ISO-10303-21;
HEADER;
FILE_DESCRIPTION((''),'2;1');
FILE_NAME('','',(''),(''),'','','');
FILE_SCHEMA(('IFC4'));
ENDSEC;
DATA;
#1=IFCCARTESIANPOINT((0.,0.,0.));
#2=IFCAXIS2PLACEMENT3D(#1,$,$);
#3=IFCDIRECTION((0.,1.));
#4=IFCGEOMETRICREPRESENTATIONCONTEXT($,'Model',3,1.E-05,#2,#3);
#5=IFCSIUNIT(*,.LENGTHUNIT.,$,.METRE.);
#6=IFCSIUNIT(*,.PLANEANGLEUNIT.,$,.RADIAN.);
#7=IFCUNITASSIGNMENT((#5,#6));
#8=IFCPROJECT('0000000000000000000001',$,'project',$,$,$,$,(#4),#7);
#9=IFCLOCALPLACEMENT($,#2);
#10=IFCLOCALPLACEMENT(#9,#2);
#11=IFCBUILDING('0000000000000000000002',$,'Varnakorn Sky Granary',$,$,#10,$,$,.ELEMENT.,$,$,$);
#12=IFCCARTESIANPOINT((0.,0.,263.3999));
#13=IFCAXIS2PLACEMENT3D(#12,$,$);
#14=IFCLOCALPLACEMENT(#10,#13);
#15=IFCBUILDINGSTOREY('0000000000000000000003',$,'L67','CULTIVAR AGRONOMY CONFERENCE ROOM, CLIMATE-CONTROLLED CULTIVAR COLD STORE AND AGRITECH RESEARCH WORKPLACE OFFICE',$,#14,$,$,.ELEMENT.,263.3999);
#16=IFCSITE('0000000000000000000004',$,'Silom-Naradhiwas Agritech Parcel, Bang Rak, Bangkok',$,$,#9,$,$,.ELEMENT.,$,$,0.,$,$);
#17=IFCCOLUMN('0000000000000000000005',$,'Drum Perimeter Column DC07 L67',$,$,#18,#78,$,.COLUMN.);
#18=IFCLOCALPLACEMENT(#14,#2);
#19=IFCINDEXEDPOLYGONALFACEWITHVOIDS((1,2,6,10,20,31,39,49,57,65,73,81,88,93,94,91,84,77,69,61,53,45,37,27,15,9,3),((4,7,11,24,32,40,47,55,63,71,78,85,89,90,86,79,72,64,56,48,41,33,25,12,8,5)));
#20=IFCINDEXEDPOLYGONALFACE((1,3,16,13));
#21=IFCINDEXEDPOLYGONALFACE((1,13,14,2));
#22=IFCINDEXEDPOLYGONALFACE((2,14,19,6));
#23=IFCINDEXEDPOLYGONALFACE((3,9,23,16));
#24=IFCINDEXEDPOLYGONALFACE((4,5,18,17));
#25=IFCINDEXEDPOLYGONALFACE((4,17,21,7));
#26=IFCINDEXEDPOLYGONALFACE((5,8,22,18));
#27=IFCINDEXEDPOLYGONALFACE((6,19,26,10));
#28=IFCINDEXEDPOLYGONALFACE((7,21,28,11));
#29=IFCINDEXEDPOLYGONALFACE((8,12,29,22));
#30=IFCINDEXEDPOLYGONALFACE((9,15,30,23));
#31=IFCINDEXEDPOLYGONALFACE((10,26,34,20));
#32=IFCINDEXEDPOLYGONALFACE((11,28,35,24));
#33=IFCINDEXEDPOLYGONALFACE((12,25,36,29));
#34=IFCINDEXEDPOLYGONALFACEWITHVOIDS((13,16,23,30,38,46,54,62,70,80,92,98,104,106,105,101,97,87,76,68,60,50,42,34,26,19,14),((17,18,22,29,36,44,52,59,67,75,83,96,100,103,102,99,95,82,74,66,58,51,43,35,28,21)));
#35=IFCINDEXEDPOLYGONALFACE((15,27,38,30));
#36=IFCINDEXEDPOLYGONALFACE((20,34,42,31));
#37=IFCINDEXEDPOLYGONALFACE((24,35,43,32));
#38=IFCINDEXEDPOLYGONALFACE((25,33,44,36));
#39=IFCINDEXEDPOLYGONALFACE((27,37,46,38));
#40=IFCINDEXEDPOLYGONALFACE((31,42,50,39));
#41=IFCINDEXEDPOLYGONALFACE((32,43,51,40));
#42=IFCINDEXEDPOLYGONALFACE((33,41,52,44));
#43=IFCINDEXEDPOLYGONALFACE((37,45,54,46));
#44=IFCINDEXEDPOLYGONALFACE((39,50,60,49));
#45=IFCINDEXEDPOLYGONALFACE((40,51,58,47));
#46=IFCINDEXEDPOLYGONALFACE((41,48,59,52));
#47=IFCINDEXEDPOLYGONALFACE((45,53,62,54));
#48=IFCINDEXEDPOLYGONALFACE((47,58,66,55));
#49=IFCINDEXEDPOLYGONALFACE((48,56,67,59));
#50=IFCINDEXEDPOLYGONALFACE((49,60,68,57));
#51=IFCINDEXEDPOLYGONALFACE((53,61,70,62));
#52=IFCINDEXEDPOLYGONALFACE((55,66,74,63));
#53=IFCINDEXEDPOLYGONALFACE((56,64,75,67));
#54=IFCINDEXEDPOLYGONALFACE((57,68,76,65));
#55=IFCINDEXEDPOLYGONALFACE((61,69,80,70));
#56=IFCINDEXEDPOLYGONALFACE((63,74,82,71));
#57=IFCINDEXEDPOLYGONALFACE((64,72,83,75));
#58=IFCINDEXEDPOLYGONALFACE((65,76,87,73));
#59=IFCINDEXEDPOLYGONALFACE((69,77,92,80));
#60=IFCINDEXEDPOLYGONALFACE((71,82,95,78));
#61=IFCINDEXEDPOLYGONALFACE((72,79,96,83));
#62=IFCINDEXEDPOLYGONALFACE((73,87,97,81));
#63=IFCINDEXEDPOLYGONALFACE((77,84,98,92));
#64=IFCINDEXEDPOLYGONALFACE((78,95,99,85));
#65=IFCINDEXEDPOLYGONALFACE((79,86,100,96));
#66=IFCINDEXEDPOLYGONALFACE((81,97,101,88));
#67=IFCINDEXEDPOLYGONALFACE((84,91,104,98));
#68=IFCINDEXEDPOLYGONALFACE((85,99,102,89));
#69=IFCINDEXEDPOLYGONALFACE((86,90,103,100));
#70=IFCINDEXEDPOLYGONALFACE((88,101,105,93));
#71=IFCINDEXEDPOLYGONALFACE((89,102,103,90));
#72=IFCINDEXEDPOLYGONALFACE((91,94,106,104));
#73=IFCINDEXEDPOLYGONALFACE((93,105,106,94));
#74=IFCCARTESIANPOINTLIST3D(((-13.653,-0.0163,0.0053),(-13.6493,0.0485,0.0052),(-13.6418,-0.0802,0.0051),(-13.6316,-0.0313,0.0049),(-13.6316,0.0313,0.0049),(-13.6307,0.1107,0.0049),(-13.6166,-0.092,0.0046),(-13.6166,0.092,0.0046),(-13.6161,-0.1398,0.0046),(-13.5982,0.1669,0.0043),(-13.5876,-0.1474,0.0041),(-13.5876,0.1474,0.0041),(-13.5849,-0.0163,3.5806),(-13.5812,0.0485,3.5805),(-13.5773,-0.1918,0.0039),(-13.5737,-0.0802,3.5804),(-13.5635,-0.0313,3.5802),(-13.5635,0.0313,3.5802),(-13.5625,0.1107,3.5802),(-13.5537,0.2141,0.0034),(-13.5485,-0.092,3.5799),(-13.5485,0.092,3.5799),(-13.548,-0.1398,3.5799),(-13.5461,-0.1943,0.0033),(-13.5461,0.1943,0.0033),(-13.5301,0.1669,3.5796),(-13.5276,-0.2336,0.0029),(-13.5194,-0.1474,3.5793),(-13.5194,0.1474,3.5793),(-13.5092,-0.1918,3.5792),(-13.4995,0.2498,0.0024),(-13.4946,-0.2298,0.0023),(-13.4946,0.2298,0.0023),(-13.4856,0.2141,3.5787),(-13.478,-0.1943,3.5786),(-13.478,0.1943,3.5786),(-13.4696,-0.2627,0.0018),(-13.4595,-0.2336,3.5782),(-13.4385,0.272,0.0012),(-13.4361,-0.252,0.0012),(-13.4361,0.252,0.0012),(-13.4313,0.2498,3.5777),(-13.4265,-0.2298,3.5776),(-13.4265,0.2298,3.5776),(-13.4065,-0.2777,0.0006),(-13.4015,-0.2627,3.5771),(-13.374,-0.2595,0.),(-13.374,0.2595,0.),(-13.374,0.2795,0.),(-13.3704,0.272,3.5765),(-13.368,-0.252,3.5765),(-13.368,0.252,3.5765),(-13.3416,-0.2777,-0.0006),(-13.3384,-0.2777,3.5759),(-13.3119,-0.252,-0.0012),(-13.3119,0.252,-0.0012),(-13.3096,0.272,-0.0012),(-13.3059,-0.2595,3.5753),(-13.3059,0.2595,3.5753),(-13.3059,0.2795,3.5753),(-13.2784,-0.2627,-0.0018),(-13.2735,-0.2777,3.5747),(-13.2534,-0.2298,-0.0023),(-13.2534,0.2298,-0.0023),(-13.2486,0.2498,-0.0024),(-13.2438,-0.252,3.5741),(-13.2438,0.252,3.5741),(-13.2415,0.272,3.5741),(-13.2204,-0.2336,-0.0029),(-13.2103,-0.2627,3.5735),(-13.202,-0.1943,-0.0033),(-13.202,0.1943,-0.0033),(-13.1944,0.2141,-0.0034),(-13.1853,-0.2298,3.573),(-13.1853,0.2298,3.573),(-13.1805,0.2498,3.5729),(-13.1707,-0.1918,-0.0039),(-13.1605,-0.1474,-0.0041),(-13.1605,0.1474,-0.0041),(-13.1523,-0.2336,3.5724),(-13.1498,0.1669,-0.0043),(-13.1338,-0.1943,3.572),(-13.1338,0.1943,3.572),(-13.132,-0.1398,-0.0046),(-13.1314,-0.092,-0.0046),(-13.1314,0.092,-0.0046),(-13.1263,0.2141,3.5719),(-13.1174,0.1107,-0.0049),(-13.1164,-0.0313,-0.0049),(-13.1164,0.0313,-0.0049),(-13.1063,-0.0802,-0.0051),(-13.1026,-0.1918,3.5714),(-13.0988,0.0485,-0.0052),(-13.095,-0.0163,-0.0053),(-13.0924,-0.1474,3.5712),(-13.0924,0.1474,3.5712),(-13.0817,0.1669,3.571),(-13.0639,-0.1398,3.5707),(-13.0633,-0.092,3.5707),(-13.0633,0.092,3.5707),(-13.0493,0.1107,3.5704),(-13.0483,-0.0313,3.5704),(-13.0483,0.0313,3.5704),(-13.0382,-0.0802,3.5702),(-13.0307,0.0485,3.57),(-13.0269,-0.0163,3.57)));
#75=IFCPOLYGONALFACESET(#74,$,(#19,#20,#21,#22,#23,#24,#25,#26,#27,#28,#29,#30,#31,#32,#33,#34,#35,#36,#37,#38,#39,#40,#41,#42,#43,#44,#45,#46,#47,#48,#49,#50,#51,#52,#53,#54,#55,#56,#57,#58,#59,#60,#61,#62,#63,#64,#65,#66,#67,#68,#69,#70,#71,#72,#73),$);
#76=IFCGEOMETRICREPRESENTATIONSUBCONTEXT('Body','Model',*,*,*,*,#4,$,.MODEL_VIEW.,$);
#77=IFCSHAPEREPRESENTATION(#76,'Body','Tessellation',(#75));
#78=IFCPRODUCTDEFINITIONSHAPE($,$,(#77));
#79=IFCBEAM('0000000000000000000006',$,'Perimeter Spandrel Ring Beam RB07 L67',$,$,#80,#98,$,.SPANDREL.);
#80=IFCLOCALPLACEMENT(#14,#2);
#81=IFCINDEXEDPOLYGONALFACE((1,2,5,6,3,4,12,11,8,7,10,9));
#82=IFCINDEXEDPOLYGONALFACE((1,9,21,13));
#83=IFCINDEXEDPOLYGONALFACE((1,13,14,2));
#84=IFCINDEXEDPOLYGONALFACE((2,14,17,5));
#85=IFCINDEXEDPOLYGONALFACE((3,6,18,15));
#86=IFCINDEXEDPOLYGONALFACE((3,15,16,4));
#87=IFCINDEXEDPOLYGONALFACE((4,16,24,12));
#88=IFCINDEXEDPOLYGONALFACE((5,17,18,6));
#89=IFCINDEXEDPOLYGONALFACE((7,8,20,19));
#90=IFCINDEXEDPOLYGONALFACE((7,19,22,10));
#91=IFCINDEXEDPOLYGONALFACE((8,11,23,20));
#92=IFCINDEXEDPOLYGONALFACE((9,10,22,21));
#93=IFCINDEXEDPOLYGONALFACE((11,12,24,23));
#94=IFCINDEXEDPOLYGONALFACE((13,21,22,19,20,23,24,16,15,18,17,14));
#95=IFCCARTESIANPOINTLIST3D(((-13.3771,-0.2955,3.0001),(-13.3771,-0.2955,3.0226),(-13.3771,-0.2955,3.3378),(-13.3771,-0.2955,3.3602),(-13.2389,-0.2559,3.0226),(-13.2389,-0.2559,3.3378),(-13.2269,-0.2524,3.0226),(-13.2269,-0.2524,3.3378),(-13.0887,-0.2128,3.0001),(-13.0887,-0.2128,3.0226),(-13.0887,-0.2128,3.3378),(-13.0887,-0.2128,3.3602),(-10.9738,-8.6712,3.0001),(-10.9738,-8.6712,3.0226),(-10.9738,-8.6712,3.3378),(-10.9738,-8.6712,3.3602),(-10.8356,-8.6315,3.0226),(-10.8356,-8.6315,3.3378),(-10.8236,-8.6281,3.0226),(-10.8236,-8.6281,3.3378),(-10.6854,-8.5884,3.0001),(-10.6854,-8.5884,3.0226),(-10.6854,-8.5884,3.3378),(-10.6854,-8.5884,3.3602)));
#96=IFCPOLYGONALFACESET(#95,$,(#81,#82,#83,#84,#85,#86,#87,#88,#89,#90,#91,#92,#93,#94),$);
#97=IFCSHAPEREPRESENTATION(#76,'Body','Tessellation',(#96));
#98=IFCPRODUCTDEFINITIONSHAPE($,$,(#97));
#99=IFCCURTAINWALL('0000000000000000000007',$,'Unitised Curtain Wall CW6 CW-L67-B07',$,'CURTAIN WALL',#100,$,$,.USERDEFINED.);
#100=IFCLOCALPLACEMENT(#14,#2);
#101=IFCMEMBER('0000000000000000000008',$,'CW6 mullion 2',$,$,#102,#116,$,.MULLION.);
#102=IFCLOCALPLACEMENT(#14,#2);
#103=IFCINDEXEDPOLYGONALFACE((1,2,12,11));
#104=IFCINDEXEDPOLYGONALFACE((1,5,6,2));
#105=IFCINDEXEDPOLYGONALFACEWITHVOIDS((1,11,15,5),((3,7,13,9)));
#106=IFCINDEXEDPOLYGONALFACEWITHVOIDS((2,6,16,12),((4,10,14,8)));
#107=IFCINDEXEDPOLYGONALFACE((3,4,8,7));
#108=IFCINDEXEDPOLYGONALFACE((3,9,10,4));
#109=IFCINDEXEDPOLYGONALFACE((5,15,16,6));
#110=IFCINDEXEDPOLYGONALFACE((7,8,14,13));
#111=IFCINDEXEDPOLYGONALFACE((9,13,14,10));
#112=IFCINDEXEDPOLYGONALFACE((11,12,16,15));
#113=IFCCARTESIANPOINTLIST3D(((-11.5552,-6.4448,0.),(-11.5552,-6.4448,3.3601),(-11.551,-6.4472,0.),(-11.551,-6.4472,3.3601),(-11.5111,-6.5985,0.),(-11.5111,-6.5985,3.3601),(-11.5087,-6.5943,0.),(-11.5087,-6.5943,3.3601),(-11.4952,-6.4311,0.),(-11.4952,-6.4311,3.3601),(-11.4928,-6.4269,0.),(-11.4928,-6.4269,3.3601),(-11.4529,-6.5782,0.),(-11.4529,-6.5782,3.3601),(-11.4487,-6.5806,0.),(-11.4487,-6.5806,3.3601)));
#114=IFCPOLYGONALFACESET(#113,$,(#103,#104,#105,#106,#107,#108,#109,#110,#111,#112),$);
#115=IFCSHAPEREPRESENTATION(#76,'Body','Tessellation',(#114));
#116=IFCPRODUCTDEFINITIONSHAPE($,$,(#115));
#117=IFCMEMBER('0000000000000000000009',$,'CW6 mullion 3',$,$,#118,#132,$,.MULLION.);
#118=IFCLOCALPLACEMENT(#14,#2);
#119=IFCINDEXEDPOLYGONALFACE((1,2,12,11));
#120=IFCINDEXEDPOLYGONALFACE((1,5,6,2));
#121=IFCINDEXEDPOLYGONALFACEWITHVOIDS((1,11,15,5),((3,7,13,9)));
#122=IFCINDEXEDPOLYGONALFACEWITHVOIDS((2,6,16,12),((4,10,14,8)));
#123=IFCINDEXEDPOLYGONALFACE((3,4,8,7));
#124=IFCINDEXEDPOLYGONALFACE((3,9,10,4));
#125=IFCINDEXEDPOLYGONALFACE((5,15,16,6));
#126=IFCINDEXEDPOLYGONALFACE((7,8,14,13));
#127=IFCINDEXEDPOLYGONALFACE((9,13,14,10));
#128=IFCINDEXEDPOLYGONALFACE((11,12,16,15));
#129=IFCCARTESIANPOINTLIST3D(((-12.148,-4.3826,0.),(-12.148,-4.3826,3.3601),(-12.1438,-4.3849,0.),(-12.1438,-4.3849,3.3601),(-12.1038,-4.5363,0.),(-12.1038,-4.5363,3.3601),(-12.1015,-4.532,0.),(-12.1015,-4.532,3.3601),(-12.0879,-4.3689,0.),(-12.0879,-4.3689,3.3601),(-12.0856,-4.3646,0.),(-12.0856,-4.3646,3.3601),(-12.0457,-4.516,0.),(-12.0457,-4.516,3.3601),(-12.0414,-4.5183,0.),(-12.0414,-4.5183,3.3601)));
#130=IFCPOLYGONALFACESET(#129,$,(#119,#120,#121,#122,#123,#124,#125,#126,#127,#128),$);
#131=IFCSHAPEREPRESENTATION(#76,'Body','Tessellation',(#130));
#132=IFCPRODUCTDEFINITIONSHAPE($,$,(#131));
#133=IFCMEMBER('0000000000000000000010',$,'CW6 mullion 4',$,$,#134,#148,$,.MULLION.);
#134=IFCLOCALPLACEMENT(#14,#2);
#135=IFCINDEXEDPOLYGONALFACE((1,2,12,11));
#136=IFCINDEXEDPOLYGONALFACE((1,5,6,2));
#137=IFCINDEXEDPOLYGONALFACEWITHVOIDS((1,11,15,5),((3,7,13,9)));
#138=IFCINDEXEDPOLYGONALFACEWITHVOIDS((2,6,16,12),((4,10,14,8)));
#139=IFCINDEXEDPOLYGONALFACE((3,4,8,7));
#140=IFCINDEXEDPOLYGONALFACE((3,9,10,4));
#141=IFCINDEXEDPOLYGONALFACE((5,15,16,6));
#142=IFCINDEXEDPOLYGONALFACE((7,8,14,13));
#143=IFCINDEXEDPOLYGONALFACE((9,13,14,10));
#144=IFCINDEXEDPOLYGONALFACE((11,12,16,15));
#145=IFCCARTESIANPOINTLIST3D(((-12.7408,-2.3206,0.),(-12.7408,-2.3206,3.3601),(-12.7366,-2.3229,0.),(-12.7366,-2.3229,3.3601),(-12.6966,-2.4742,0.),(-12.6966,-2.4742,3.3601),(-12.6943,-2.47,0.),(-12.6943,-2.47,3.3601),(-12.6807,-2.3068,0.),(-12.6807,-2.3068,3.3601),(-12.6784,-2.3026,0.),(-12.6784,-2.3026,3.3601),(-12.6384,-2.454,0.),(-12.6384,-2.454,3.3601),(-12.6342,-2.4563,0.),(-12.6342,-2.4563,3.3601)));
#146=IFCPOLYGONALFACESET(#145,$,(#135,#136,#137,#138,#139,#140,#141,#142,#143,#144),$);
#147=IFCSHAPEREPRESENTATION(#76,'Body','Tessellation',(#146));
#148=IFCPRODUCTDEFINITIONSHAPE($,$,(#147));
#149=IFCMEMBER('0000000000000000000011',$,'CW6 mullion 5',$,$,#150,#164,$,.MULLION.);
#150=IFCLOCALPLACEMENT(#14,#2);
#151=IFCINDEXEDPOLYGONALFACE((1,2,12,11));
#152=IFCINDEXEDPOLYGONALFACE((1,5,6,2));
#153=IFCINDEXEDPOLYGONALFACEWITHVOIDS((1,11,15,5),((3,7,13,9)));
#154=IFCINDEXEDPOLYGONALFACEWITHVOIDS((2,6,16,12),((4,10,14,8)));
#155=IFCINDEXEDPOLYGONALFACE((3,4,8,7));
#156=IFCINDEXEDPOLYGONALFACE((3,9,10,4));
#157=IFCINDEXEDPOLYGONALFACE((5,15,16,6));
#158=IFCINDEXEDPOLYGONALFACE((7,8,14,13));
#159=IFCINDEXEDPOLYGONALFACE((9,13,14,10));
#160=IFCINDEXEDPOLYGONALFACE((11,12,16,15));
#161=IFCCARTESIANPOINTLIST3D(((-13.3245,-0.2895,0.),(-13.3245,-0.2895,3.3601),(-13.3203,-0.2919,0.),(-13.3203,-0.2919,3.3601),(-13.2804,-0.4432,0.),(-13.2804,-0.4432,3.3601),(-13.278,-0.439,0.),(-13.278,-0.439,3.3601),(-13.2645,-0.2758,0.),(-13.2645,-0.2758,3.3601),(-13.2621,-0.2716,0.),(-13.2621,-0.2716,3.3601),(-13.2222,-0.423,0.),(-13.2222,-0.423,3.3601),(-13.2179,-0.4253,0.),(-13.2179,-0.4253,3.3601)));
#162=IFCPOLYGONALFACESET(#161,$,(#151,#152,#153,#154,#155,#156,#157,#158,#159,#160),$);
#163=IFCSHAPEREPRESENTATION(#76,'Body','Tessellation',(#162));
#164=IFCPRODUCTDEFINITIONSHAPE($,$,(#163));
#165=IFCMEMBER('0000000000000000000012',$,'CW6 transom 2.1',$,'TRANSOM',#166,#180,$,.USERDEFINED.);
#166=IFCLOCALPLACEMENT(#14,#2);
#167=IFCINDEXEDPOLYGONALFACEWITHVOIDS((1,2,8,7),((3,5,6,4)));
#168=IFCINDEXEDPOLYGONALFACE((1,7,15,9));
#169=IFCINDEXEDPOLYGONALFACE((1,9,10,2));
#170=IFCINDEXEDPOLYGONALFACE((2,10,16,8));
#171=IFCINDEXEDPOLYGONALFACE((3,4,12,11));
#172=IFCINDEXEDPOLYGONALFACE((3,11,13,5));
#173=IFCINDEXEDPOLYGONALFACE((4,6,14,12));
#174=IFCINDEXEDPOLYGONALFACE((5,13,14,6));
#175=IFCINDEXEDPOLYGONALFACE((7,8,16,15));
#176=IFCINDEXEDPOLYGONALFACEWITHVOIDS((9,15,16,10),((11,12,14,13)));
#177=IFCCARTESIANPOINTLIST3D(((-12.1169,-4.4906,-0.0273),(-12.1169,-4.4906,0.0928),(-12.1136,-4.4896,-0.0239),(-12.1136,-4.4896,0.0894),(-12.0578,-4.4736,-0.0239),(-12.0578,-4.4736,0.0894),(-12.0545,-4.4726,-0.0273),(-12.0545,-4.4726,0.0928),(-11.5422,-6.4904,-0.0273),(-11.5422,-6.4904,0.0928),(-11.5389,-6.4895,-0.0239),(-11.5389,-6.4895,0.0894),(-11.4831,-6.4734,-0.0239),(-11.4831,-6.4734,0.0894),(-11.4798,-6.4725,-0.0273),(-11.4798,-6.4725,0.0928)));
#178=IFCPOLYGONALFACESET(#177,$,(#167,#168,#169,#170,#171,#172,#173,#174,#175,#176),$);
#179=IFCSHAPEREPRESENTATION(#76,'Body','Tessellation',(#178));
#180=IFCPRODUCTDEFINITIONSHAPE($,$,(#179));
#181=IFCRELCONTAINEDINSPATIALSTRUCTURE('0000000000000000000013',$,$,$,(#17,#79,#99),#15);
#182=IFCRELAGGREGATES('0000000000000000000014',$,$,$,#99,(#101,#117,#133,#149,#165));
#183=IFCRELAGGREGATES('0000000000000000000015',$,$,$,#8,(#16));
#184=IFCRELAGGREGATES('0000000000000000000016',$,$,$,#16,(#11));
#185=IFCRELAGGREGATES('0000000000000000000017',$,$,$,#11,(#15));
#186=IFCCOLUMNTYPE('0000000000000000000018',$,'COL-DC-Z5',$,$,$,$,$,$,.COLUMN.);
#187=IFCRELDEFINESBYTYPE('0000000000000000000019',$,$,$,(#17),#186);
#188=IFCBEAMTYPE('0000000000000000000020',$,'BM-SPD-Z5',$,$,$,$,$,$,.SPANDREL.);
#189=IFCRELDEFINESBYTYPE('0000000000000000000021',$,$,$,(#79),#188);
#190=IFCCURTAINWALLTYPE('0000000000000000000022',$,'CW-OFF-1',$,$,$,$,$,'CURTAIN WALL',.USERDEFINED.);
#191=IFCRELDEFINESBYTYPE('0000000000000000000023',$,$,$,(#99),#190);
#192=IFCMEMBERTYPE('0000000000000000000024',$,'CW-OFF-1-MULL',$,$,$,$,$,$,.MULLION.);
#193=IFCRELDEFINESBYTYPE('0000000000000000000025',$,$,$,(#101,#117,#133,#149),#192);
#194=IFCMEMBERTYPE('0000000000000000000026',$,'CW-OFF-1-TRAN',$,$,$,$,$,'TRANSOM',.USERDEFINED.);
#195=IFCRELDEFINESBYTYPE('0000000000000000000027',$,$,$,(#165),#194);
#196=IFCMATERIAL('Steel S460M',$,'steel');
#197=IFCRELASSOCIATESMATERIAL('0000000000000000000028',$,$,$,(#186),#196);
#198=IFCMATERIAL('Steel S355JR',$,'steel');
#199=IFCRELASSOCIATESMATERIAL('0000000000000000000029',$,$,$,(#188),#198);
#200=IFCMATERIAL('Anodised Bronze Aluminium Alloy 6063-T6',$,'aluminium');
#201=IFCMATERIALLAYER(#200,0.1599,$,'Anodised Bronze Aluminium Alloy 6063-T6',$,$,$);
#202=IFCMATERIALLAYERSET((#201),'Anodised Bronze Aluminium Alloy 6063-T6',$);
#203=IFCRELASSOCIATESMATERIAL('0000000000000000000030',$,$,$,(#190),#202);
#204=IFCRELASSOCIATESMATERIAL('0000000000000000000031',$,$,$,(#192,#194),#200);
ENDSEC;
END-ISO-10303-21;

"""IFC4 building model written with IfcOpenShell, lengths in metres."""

from ifc_helpers import new_model, si_unit, direction, frame, origin, origin_2d, place, context, subcontext, project, spatial, hollow_rectangle, hollow_circle, i_section, extrude, material, layer, layer_set, material_profile, profile_set, type_object, element, aggregate, save


model = new_model("IFC4")

# Units and contexts
model_context = context("Model", 3, precision=1e-05, world=origin(), true_north=direction((0.0, 1.0)))
body_context = subcontext(model_context, "Body", "Model", "MODEL_VIEW")
ifc_project = project(units=[si_unit("LENGTHUNIT", "METRE"), si_unit("PLANEANGLEUNIT", "RADIAN")], contexts=[model_context])

# Site, building, storey
site_placement = place(None, origin())
site = spatial("IfcSite", under=ifc_project, at=site_placement, Name="Silom-Naradhiwas Agritech Parcel, Bang Rak, Bangkok", CompositionType="ELEMENT", RefElevation=0.0)
building_placement = place(site_placement, origin())
building = spatial("IfcBuilding", under=site, at=building_placement, Name="Varnakorn Sky Granary", CompositionType="ELEMENT")
storey_placement = place(building_placement, frame((0.0, 0.0, 263.3999)))
storey = spatial("IfcBuildingStorey", under=building, at=storey_placement, Name="L67", Description="CULTIVAR AGRONOMY CONFERENCE ROOM, CLIMATE-CONTROLLED CULTIVAR COLD STORE AND AGRITECH RESEARCH WORKPLACE OFFICE", CompositionType="ELEMENT", Elevation=263.3999)

# Column
ifc_material_1 = material(Name="Steel S460M", Category="steel")
ifc_material_profile_1 = material_profile(ifc_material_1, hollow_circle(Radius=0.2795, WallThickness=0.02, at=origin_2d()), Name="CHS 559x20")
ifc_profile_set_1 = profile_set([ifc_material_profile_1], Name="Steel S460M")
column_type = type_object("IfcColumnType", Name="COL-DC-Z5", PredefinedType="COLUMN", material=ifc_profile_set_1)
column_placement = place(storey_placement, frame((-13.374, 0.0, 0.0), z_axis=(0.019049, 0.0, 0.999819), x_axis=(0.0, 1.0, 0.0)))
element("IfcColumn", 1, at=column_placement, inside=storey, type_object=column_type, Name="Drum Perimeter Column DC07 L67", PredefinedType="COLUMN", context=body_context, shape_type="SweptSolid", body=[
    extrude(hollow_circle(Radius=0.2795, WallThickness=0.02, at=origin_2d()), origin(), (0.0, 0.0, 1.0), 3.5759),
])

# Beam
ifc_material_2 = material(Name="Steel S355JR", Category="steel")
ifc_material_profile_2 = material_profile(ifc_material_2, i_section(OverallWidth=0.3, OverallDepth=0.3601, WebThickness=0.0125, FlangeThickness=0.0225, at=origin_2d()), Name="HE 360 B")
ifc_profile_set_2 = profile_set([ifc_material_profile_2], Name="Steel S355JR")
beam_type = type_object("IfcBeamType", Name="BM-SPD-Z5", PredefinedType="SPANDREL", material=ifc_profile_set_2)
beam_placement = place(storey_placement, frame((-13.2329, -0.2542, 3.1802), z_axis=(0.275809, -0.961212, 0.0), x_axis=(0.961212, 0.275809, 0.0)))
element("IfcBeam", 2, at=beam_placement, inside=storey, type_object=beam_type, Name="Perimeter Spandrel Ring Beam RB07 L67", PredefinedType="SPANDREL", context=body_context, shape_type="SweptSolid", body=[
    extrude(i_section(OverallWidth=0.3, OverallDepth=0.3601, WebThickness=0.0125, FlangeThickness=0.0225, at=origin_2d()), origin(), (0.0, 0.0, 1.0), 8.7136),
])

# Curtain wall, members
ifc_material_3 = material(Name="Anodised Bronze Aluminium Alloy 6063-T6", Category="aluminium")
ifc_layer_1 = layer(ifc_material_3, 0.1599, Name="Anodised Bronze Aluminium Alloy 6063-T6")
ifc_layer_set_1 = layer_set([ifc_layer_1], Name="Anodised Bronze Aluminium Alloy 6063-T6")
curtain_wall_type = type_object("IfcCurtainWallType", Name="CW-OFF-1", ElementType="CURTAIN WALL", PredefinedType="USERDEFINED", material=ifc_layer_set_1)
curtain_wall_placement = place(storey_placement, origin())
curtain_wall = element("IfcCurtainWall", 3, at=curtain_wall_placement, inside=storey, type_object=curtain_wall_type, Name="Unitised Curtain Wall CW6 CW-L67-B07", ObjectType="CURTAIN WALL", PredefinedType="USERDEFINED")
ifc_material_profile_3 = material_profile(ifc_material_3, hollow_rectangle(XDim=0.0649, YDim=0.1599, WallThickness=0.0034, at=origin_2d()), Name="ALU MULL 65x160")
ifc_profile_set_3 = profile_set([ifc_material_profile_3], Name="Anodised Bronze Aluminium Alloy 6063-T6")
member_type_1 = type_object("IfcMemberType", Name="CW-OFF-1-MULL", PredefinedType="MULLION", material=ifc_profile_set_3)
member_1_placement = place(storey_placement, frame((-11.502, -6.5127, 0.0), z_axis=(0.0, 0.0, 1.0), x_axis=(-0.961085, -0.276252, 0.0)))
member_1 = element("IfcMember", 4, at=member_1_placement, type_object=member_type_1, Name="CW6 mullion 2", PredefinedType="MULLION", context=body_context, shape_type="SweptSolid", body=[
    extrude(hollow_rectangle(XDim=0.0649, YDim=0.1599, WallThickness=0.0034, at=origin_2d()), origin(), (0.0, 0.0, 1.0), 3.3601),
])
member_2_placement = place(storey_placement, frame((-12.0947, -4.4504, 0.0), z_axis=(0.0, 0.0, 1.0), x_axis=(-0.961085, -0.276252, 0.0)))
member_2 = element("IfcMember", 5, at=member_2_placement, type_object=member_type_1, Name="CW6 mullion 3", PredefinedType="MULLION", context=body_context, shape_type="SweptSolid", body=[
    extrude(hollow_rectangle(XDim=0.0649, YDim=0.1599, WallThickness=0.0034, at=origin_2d()), origin(), (0.0, 0.0, 1.0), 3.3601),
])
member_3_placement = place(storey_placement, frame((-12.6875, -2.3884, 0.0), z_axis=(0.0, 0.0, 1.0), x_axis=(-0.961085, -0.276252, 0.0)))
member_3 = element("IfcMember", 6, at=member_3_placement, type_object=member_type_1, Name="CW6 mullion 4", PredefinedType="MULLION", context=body_context, shape_type="SweptSolid", body=[
    extrude(hollow_rectangle(XDim=0.0649, YDim=0.1599, WallThickness=0.0034, at=origin_2d()), origin(), (0.0, 0.0, 1.0), 3.3601),
])
member_4_placement = place(storey_placement, frame((-13.2712, -0.3574, 0.0), z_axis=(0.0, 0.0, 1.0), x_axis=(-0.961085, -0.276252, 0.0)))
member_4 = element("IfcMember", 7, at=member_4_placement, type_object=member_type_1, Name="CW6 mullion 5", PredefinedType="MULLION", context=body_context, shape_type="SweptSolid", body=[
    extrude(hollow_rectangle(XDim=0.0649, YDim=0.1599, WallThickness=0.0034, at=origin_2d()), origin(), (0.0, 0.0, 1.0), 3.3601),
])
ifc_material_profile_4 = material_profile(ifc_material_3, hollow_rectangle(XDim=0.0649, YDim=0.1201, WallThickness=0.0034, at=origin_2d()), Name="ALU TRAN 65x120")
ifc_profile_set_4 = profile_set([ifc_material_profile_4], Name="Anodised Bronze Aluminium Alloy 6063-T6")
member_type_2 = type_object("IfcMemberType", Name="CW-OFF-1-TRAN", ElementType="TRANSOM", PredefinedType="USERDEFINED", material=ifc_profile_set_4)
member_5_placement = place(storey_placement, frame((-11.511, -6.4814, 0.0327), z_axis=(-0.276209, 0.961098, 0.0), x_axis=(-0.961098, -0.276209, 0.0)))
member_5 = element("IfcMember", 8, at=member_5_placement, type_object=member_type_2, Name="CW6 transom 2.1", ObjectType="TRANSOM", PredefinedType="USERDEFINED", context=body_context, shape_type="SweptSolid", body=[
    extrude(hollow_rectangle(XDim=0.0649, YDim=0.1201, WallThickness=0.0034, at=origin_2d()), origin(), (0.0, 0.0, 1.0), 2.0808),
])

aggregate(curtain_wall, [member_1, member_2, member_3, member_4, member_5])

save(model, "model.ifc")
